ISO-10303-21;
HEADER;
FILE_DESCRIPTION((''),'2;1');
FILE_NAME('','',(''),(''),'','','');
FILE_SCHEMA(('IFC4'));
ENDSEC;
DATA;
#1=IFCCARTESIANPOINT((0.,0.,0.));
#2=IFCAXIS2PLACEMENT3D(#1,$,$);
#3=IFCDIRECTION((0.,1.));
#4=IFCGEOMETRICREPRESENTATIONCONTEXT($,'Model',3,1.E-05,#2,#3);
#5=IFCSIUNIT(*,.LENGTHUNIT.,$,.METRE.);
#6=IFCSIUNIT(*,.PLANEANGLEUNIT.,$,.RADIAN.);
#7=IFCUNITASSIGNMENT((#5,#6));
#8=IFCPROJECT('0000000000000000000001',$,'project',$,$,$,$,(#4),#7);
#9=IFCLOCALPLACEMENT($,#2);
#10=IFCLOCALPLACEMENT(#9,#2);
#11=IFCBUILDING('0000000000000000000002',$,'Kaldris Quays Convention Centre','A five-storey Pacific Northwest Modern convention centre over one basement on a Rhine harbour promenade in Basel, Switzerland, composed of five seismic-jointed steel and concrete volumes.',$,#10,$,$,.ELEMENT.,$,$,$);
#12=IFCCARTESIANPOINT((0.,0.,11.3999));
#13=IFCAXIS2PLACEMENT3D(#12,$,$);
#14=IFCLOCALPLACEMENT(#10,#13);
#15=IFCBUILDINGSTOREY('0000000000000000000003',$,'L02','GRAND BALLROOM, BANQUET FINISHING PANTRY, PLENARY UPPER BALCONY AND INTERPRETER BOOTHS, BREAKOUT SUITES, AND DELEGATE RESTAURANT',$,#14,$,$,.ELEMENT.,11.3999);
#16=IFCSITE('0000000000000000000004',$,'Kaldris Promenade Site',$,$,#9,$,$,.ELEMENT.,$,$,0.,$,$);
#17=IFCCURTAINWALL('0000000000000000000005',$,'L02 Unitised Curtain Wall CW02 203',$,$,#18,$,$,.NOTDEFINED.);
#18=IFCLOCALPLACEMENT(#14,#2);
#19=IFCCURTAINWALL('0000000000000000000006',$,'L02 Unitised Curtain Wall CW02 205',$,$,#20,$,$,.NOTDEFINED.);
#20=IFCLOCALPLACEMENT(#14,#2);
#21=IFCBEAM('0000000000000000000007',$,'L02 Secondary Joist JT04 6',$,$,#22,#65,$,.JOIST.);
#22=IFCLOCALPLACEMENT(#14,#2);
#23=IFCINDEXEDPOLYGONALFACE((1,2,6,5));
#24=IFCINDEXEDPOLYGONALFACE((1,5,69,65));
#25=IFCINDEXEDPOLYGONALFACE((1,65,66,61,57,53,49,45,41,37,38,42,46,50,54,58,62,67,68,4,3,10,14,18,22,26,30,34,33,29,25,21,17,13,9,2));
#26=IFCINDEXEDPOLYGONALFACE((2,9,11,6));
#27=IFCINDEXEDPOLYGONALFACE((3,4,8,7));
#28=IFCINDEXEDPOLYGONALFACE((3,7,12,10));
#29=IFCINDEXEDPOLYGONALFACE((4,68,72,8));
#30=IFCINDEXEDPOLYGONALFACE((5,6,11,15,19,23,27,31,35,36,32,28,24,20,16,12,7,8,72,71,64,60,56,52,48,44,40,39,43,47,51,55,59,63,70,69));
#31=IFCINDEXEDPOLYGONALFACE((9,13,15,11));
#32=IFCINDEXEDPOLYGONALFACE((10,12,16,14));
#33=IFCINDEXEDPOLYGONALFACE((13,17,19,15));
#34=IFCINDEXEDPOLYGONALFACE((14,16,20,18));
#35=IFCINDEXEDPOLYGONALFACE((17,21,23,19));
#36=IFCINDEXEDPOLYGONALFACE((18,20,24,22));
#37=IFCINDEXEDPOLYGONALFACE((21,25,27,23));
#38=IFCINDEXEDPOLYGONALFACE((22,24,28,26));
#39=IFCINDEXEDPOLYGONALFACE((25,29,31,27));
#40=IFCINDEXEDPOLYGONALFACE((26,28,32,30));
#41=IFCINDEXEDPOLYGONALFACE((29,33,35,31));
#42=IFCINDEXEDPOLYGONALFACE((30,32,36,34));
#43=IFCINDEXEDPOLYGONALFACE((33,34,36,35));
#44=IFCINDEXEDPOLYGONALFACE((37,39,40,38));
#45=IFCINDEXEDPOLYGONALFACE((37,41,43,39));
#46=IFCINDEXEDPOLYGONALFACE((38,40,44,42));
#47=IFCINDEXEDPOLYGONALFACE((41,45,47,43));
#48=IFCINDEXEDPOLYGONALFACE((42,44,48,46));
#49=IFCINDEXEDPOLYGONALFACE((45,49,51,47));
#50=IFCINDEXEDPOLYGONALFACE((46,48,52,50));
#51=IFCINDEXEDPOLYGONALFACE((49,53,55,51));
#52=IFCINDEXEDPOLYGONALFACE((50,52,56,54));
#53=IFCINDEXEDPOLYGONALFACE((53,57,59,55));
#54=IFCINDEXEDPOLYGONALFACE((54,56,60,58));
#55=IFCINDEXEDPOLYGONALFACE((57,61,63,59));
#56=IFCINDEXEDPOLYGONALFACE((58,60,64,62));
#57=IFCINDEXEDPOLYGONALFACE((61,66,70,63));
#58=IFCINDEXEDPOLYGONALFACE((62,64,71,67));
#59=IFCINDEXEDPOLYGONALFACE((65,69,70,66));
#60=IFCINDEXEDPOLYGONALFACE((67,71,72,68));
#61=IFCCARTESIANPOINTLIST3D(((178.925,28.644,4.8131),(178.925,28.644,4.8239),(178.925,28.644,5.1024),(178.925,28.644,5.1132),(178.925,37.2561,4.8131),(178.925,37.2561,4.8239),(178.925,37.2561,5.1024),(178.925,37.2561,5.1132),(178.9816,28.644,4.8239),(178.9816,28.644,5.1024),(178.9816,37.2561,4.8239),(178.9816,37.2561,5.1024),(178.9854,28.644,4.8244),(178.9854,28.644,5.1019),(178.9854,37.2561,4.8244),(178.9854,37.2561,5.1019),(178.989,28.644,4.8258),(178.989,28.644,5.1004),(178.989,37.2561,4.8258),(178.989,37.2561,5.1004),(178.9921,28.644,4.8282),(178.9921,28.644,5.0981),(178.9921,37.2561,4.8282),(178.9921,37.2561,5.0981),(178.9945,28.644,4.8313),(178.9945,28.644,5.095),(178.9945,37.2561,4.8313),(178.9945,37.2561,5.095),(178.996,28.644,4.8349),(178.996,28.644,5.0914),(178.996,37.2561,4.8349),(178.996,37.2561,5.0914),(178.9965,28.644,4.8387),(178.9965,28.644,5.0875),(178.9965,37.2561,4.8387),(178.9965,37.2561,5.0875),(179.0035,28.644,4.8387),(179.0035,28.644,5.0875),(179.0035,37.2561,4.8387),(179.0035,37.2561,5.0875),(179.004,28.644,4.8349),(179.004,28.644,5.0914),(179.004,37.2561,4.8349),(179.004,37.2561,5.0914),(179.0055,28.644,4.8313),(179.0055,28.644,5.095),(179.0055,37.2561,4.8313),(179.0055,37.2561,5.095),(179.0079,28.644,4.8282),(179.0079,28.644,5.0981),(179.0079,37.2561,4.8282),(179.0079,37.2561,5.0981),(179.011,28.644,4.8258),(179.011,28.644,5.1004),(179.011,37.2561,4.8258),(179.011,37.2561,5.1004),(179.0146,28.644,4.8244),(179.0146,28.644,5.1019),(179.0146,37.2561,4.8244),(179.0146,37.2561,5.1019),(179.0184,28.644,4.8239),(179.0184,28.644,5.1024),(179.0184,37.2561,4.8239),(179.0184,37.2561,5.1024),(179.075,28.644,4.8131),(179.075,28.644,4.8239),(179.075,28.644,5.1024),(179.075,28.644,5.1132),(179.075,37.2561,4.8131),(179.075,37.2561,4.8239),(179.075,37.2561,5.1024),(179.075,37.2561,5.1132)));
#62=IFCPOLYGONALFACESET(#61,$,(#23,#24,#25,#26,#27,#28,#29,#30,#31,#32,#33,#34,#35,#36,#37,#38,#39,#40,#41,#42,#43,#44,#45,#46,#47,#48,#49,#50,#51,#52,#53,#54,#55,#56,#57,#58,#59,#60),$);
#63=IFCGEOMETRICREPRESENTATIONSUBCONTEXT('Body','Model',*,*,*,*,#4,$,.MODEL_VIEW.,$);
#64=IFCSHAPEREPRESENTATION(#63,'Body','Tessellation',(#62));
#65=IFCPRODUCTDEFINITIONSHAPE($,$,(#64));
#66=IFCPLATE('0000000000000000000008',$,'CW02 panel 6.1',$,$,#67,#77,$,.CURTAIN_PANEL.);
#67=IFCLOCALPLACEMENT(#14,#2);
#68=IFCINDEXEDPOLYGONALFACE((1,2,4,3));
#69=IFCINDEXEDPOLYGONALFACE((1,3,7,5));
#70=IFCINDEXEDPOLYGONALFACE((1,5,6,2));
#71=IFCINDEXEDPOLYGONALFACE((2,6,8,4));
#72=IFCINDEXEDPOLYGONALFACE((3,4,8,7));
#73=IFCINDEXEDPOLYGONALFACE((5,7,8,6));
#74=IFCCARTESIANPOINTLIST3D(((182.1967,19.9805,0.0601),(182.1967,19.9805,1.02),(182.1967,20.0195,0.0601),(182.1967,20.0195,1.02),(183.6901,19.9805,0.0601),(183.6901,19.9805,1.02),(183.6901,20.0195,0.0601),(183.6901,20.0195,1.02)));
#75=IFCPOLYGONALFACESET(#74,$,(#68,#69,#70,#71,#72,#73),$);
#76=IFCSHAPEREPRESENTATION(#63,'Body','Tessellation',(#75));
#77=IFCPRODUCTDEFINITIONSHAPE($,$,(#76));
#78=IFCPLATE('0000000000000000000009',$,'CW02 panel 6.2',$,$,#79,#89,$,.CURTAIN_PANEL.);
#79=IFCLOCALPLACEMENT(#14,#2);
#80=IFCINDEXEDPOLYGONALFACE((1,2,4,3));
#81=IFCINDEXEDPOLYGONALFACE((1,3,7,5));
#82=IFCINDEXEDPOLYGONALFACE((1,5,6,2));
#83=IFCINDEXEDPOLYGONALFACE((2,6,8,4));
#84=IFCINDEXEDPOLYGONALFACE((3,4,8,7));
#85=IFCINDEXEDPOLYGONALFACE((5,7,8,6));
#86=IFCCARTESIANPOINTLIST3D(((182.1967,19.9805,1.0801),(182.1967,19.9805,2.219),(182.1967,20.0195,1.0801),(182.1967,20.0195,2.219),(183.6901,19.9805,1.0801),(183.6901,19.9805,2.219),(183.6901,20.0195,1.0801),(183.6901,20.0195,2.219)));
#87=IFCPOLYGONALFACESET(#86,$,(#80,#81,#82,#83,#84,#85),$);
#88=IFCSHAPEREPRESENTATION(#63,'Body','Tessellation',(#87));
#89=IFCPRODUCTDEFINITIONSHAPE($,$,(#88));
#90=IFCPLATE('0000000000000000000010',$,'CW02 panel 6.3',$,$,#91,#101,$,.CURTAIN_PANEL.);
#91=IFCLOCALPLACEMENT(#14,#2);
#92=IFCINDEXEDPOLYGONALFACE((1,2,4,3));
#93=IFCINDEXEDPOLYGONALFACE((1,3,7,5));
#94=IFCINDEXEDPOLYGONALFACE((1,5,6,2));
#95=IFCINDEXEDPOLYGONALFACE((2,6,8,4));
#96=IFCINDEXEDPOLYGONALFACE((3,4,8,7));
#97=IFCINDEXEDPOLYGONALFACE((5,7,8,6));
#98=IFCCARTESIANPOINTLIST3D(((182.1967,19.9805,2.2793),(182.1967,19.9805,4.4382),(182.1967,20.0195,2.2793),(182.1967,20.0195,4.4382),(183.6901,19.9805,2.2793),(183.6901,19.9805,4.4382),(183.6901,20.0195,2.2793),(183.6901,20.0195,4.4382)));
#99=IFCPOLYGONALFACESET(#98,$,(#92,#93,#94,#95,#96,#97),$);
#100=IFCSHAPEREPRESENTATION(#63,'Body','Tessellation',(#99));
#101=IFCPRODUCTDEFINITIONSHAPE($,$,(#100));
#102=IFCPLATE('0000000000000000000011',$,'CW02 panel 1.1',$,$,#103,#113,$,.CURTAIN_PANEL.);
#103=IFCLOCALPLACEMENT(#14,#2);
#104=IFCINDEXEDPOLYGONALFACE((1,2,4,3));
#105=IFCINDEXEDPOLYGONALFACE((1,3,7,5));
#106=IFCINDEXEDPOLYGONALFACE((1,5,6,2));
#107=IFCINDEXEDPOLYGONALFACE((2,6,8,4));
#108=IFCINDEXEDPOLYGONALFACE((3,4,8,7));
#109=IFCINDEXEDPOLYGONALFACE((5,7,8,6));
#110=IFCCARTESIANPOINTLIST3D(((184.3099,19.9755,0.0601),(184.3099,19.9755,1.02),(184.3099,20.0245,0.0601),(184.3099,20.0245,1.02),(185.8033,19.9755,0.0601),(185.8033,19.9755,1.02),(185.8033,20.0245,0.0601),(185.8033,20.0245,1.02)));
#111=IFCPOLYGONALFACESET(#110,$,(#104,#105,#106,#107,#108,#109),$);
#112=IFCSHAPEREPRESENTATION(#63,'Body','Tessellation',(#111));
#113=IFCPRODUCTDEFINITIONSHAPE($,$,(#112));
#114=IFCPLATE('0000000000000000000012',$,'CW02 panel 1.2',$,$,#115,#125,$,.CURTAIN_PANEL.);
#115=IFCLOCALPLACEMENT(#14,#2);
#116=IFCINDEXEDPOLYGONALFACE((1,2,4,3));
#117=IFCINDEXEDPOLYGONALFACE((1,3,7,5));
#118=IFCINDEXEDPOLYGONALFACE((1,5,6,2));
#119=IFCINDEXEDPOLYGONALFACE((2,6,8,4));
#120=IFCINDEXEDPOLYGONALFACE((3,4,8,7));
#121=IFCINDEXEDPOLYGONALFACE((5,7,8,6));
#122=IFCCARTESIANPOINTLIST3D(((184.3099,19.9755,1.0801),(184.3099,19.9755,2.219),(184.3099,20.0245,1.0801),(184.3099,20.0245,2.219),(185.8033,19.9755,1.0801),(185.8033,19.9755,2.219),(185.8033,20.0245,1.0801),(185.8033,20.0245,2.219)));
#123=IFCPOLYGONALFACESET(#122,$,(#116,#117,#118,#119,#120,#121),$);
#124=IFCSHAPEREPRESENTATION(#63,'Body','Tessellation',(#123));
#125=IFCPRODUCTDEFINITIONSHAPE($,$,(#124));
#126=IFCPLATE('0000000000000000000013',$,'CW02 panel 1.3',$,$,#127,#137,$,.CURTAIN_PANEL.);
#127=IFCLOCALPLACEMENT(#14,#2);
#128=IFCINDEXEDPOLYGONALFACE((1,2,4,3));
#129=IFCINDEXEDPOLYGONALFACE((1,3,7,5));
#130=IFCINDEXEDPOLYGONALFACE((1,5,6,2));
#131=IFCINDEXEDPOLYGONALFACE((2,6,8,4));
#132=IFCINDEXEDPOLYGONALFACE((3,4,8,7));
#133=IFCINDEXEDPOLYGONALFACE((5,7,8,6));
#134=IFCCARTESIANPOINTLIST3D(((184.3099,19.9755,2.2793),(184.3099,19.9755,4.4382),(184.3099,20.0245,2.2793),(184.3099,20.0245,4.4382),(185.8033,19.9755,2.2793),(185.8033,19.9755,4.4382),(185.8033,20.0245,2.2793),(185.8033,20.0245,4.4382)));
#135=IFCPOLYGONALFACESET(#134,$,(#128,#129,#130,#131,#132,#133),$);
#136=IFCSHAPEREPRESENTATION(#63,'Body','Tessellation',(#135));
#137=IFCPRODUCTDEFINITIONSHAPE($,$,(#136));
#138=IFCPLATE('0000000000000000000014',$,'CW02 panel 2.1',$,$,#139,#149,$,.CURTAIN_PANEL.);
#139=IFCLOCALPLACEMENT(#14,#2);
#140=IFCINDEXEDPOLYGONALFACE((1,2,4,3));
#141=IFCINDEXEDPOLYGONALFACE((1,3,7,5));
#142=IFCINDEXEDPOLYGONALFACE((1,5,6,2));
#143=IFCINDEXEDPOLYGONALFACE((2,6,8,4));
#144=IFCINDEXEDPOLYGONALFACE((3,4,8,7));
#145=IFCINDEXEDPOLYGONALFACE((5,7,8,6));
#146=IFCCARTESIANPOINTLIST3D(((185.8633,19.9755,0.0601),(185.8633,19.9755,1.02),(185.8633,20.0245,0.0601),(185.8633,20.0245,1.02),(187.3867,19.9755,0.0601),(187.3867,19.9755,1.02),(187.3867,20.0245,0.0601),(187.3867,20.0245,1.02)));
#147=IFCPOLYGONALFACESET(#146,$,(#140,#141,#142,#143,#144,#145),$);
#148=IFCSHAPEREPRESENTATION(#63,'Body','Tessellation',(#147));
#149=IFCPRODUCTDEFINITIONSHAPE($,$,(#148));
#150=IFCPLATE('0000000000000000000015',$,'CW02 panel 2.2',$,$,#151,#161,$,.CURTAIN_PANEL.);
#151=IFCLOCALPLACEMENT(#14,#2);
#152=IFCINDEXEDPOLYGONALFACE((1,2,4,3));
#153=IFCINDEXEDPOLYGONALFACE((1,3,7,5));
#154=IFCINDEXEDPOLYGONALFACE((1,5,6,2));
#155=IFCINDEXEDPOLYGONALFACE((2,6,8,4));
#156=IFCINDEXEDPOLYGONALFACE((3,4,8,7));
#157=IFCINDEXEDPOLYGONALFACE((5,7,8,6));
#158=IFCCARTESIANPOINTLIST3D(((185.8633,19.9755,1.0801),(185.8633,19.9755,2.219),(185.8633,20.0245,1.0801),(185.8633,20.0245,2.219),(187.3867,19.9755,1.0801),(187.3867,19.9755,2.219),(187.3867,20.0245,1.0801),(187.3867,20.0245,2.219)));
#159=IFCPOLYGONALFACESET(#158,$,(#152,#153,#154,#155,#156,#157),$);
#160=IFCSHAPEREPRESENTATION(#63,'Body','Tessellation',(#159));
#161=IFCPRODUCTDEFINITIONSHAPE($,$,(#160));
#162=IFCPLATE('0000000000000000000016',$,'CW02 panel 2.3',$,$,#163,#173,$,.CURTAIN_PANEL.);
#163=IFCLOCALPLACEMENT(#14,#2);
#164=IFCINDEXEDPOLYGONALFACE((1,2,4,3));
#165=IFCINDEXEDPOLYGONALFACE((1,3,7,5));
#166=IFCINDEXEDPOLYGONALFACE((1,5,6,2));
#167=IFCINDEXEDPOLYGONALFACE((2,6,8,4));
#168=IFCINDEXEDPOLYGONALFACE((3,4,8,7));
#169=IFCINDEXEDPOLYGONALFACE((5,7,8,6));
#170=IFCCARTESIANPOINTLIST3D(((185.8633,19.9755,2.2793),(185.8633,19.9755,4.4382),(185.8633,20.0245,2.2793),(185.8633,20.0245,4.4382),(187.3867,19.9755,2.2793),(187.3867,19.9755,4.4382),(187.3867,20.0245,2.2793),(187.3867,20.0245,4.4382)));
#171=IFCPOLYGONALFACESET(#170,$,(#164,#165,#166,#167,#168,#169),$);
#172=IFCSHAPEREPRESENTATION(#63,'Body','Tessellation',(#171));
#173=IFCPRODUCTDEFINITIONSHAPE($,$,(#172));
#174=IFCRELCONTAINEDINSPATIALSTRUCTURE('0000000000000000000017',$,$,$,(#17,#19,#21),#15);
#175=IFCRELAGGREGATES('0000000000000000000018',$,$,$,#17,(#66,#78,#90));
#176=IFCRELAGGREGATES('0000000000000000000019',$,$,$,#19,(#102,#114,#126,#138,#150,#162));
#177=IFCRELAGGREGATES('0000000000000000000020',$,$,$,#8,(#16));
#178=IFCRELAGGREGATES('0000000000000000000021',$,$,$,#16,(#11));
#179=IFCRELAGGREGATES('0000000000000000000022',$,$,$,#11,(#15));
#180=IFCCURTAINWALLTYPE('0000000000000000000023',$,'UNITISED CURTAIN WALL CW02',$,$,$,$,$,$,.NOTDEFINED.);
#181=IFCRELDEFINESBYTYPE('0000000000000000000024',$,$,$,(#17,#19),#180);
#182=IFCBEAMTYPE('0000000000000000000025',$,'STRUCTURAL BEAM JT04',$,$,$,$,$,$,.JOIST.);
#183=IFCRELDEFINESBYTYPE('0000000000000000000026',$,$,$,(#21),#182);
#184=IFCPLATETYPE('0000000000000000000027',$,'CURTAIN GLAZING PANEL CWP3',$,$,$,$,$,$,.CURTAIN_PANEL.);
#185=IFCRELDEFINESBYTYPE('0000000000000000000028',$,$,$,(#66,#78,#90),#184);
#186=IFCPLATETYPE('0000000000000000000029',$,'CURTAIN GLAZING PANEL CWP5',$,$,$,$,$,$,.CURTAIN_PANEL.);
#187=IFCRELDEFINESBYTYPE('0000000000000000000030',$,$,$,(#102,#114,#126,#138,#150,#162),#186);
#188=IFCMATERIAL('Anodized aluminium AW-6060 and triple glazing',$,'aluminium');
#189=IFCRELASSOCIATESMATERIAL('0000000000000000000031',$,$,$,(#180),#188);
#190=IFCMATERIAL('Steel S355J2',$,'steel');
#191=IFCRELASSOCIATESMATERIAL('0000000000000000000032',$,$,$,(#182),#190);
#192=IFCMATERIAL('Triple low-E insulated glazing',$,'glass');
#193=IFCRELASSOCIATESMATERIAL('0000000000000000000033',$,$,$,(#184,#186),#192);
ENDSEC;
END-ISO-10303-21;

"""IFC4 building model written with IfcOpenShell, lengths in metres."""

from ifc_helpers import new_model, si_unit, direction, frame, origin, origin_2d, place, context, subcontext, project, spatial, rectangle, i_section, extrude, material, material_profile, profile_set, type_object, element, aggregate, save


model = new_model("IFC4")

# Units and contexts
model_context = context("Model", 3, precision=1e-05, world=origin(), true_north=direction((0.0, 1.0)))
body_context = subcontext(model_context, "Body", "Model", "MODEL_VIEW")
ifc_project = project(units=[si_unit("LENGTHUNIT", "METRE"), si_unit("PLANEANGLEUNIT", "RADIAN")], contexts=[model_context])

# Site, building, storey
site_placement = place(None, origin())
site = spatial("IfcSite", under=ifc_project, at=site_placement, Name="Kaldris Promenade Site", CompositionType="ELEMENT", RefElevation=0.0)
building_placement = place(site_placement, origin())
building = spatial("IfcBuilding", under=site, at=building_placement, Name="Kaldris Quays Convention Centre", Description="A five-storey Pacific Northwest Modern convention centre over one basement on a Rhine harbour promenade in Basel, Switzerland, composed of five seismic-jointed steel and concrete volumes.", CompositionType="ELEMENT")
storey_placement = place(building_placement, frame((0.0, 0.0, 11.3999)))
storey = spatial("IfcBuildingStorey", under=building, at=storey_placement, Name="L02", Description="GRAND BALLROOM, BANQUET FINISHING PANTRY, PLENARY UPPER BALCONY AND INTERPRETER BOOTHS, BREAKOUT SUITES, AND DELEGATE RESTAURANT", CompositionType="ELEMENT", Elevation=11.3999)

# Shared definitions
ifc_material_1 = material(Name="Steel S355J2", Category="steel")

# Curtain wall
ifc_material_2 = material(Name="Anodized aluminium AW-6060 and triple glazing", Category="aluminium")
curtain_wall_type = type_object("IfcCurtainWallType", Name="UNITISED CURTAIN WALL CW02", PredefinedType="NOTDEFINED", material=ifc_material_2)
curtain_wall_1_placement = place(storey_placement, origin())
curtain_wall_1 = element("IfcCurtainWall", 1, at=curtain_wall_1_placement, inside=storey, type_object=curtain_wall_type, Name="L02 Unitised Curtain Wall CW02 203", PredefinedType="NOTDEFINED")

# Curtain wall
curtain_wall_2_placement = place(storey_placement, origin())
curtain_wall_2 = element("IfcCurtainWall", 2, at=curtain_wall_2_placement, inside=storey, type_object=curtain_wall_type, Name="L02 Unitised Curtain Wall CW02 205", PredefinedType="NOTDEFINED")

# Beam
ifc_material_profile_1 = material_profile(ifc_material_1, i_section(OverallWidth=0.1499, OverallDepth=0.3, WebThickness=0.0071, FlangeThickness=0.0107, FilletRadius=0.0149, at=origin_2d()), Name="IPE 300")
ifc_profile_set_1 = profile_set([ifc_material_profile_1], Name="Steel S355J2")
beam_type_1 = type_object("IfcBeamType", Name="STRUCTURAL BEAM JT04", PredefinedType="JOIST", material=ifc_profile_set_1)
beam_1_placement = place(storey_placement, frame((179.0, 28.644, 4.9631), z_axis=(0.0, 1.0, 0.0), x_axis=(-1.0, 0.0, 0.0)))
element("IfcBeam", 3, at=beam_1_placement, inside=storey, type_object=beam_type_1, Name="L02 Secondary Joist JT04 6", PredefinedType="JOIST", context=body_context, shape_type="SweptSolid", body=[
    extrude(i_section(OverallWidth=0.1499, OverallDepth=0.3, WebThickness=0.0071, FlangeThickness=0.0107, FilletRadius=0.0149, at=origin_2d()), origin(), (0.0, 0.0, 1.0), 8.6121),
])

# Plates
ifc_material_3 = material(Name="Triple low-E insulated glazing", Category="glass")
plate_type_1 = type_object("IfcPlateType", Name="CURTAIN GLAZING PANEL CWP3", PredefinedType="CURTAIN_PANEL", material=ifc_material_3)
plate_1_placement = place(storey_placement, frame((182.9434, 20.0, 0.0601), z_axis=(0.0, 0.0, 1.0), x_axis=(1.0, 0.0, 0.0)))
plate_1 = element("IfcPlate", 4, at=plate_1_placement, type_object=plate_type_1, Name="CW02 panel 6.1", PredefinedType="CURTAIN_PANEL", context=body_context, shape_type="SweptSolid", body=[
    extrude(rectangle(XDim=1.4934, YDim=0.0391, at=origin_2d()), origin(), (0.0, 0.0, 1.0), 0.96),
])
plate_2_placement = place(storey_placement, frame((182.9434, 20.0, 1.0801), z_axis=(0.0, 0.0, 1.0), x_axis=(1.0, 0.0, 0.0)))
plate_2 = element("IfcPlate", 5, at=plate_2_placement, type_object=plate_type_1, Name="CW02 panel 6.2", PredefinedType="CURTAIN_PANEL", context=body_context, shape_type="SweptSolid", body=[
    extrude(rectangle(XDim=1.4934, YDim=0.0391, at=origin_2d()), origin(), (0.0, 0.0, 1.0), 1.1389),
])
plate_3_placement = place(storey_placement, frame((182.9434, 20.0, 2.2793), z_axis=(0.0, 0.0, 1.0), x_axis=(1.0, 0.0, 0.0)))
plate_3 = element("IfcPlate", 6, at=plate_3_placement, type_object=plate_type_1, Name="CW02 panel 6.3", PredefinedType="CURTAIN_PANEL", context=body_context, shape_type="SweptSolid", body=[
    extrude(rectangle(XDim=1.4934, YDim=0.0391, at=origin_2d()), origin(), (0.0, 0.0, 1.0), 2.1589),
])
aggregate(curtain_wall_1, [plate_1, plate_2, plate_3])
plate_type_2 = type_object("IfcPlateType", Name="CURTAIN GLAZING PANEL CWP5", PredefinedType="CURTAIN_PANEL", material=ifc_material_3)
plate_4_placement = place(storey_placement, frame((185.0566, 20.0, 0.0601), z_axis=(0.0, 0.0, 1.0), x_axis=(1.0, 0.0, 0.0)))
plate_4 = element("IfcPlate", 7, at=plate_4_placement, type_object=plate_type_2, Name="CW02 panel 1.1", PredefinedType="CURTAIN_PANEL", context=body_context, shape_type="SweptSolid", body=[
    extrude(rectangle(XDim=1.4934, YDim=0.0491, at=origin_2d()), origin(), (0.0, 0.0, 1.0), 0.96),
])
plate_5_placement = place(storey_placement, frame((185.0566, 20.0, 1.0801), z_axis=(0.0, 0.0, 1.0), x_axis=(1.0, 0.0, 0.0)))
plate_5 = element("IfcPlate", 8, at=plate_5_placement, type_object=plate_type_2, Name="CW02 panel 1.2", PredefinedType="CURTAIN_PANEL", context=body_context, shape_type="SweptSolid", body=[
    extrude(rectangle(XDim=1.4934, YDim=0.0491, at=origin_2d()), origin(), (0.0, 0.0, 1.0), 1.1389),
])
plate_6_placement = place(storey_placement, frame((185.0566, 20.0, 2.2793), z_axis=(0.0, 0.0, 1.0), x_axis=(1.0, 0.0, 0.0)))
plate_6 = element("IfcPlate", 9, at=plate_6_placement, type_object=plate_type_2, Name="CW02 panel 1.3", PredefinedType="CURTAIN_PANEL", context=body_context, shape_type="SweptSolid", body=[
    extrude(rectangle(XDim=1.4934, YDim=0.0491, at=origin_2d()), origin(), (0.0, 0.0, 1.0), 2.1589),
])
plate_7_placement = place(storey_placement, frame((186.625, 20.0, 0.0601), z_axis=(0.0, 0.0, 1.0), x_axis=(1.0, 0.0, 0.0)))
plate_7 = element("IfcPlate", 10, at=plate_7_placement, type_object=plate_type_2, Name="CW02 panel 2.1", PredefinedType="CURTAIN_PANEL", context=body_context, shape_type="SweptSolid", body=[
    extrude(rectangle(XDim=1.5234, YDim=0.0491, at=origin_2d()), origin(), (0.0, 0.0, 1.0), 0.96),
])
plate_8_placement = place(storey_placement, frame((186.625, 20.0, 1.0801), z_axis=(0.0, 0.0, 1.0), x_axis=(1.0, 0.0, 0.0)))
plate_8 = element("IfcPlate", 11, at=plate_8_placement, type_object=plate_type_2, Name="CW02 panel 2.2", PredefinedType="CURTAIN_PANEL", context=body_context, shape_type="SweptSolid", body=[
    extrude(rectangle(XDim=1.5234, YDim=0.0491, at=origin_2d()), origin(), (0.0, 0.0, 1.0), 1.1389),
])
plate_9_placement = place(storey_placement, frame((186.625, 20.0, 2.2793), z_axis=(0.0, 0.0, 1.0), x_axis=(1.0, 0.0, 0.0)))
plate_9 = element("IfcPlate", 12, at=plate_9_placement, type_object=plate_type_2, Name="CW02 panel 2.3", PredefinedType="CURTAIN_PANEL", context=body_context, shape_type="SweptSolid", body=[
    extrude(rectangle(XDim=1.5234, YDim=0.0491, at=origin_2d()), origin(), (0.0, 0.0, 1.0), 2.1589),
])
aggregate(curtain_wall_2, [plate_4, plate_5, plate_6, plate_7, plate_8, plate_9])

save(model, "model.ifc")
